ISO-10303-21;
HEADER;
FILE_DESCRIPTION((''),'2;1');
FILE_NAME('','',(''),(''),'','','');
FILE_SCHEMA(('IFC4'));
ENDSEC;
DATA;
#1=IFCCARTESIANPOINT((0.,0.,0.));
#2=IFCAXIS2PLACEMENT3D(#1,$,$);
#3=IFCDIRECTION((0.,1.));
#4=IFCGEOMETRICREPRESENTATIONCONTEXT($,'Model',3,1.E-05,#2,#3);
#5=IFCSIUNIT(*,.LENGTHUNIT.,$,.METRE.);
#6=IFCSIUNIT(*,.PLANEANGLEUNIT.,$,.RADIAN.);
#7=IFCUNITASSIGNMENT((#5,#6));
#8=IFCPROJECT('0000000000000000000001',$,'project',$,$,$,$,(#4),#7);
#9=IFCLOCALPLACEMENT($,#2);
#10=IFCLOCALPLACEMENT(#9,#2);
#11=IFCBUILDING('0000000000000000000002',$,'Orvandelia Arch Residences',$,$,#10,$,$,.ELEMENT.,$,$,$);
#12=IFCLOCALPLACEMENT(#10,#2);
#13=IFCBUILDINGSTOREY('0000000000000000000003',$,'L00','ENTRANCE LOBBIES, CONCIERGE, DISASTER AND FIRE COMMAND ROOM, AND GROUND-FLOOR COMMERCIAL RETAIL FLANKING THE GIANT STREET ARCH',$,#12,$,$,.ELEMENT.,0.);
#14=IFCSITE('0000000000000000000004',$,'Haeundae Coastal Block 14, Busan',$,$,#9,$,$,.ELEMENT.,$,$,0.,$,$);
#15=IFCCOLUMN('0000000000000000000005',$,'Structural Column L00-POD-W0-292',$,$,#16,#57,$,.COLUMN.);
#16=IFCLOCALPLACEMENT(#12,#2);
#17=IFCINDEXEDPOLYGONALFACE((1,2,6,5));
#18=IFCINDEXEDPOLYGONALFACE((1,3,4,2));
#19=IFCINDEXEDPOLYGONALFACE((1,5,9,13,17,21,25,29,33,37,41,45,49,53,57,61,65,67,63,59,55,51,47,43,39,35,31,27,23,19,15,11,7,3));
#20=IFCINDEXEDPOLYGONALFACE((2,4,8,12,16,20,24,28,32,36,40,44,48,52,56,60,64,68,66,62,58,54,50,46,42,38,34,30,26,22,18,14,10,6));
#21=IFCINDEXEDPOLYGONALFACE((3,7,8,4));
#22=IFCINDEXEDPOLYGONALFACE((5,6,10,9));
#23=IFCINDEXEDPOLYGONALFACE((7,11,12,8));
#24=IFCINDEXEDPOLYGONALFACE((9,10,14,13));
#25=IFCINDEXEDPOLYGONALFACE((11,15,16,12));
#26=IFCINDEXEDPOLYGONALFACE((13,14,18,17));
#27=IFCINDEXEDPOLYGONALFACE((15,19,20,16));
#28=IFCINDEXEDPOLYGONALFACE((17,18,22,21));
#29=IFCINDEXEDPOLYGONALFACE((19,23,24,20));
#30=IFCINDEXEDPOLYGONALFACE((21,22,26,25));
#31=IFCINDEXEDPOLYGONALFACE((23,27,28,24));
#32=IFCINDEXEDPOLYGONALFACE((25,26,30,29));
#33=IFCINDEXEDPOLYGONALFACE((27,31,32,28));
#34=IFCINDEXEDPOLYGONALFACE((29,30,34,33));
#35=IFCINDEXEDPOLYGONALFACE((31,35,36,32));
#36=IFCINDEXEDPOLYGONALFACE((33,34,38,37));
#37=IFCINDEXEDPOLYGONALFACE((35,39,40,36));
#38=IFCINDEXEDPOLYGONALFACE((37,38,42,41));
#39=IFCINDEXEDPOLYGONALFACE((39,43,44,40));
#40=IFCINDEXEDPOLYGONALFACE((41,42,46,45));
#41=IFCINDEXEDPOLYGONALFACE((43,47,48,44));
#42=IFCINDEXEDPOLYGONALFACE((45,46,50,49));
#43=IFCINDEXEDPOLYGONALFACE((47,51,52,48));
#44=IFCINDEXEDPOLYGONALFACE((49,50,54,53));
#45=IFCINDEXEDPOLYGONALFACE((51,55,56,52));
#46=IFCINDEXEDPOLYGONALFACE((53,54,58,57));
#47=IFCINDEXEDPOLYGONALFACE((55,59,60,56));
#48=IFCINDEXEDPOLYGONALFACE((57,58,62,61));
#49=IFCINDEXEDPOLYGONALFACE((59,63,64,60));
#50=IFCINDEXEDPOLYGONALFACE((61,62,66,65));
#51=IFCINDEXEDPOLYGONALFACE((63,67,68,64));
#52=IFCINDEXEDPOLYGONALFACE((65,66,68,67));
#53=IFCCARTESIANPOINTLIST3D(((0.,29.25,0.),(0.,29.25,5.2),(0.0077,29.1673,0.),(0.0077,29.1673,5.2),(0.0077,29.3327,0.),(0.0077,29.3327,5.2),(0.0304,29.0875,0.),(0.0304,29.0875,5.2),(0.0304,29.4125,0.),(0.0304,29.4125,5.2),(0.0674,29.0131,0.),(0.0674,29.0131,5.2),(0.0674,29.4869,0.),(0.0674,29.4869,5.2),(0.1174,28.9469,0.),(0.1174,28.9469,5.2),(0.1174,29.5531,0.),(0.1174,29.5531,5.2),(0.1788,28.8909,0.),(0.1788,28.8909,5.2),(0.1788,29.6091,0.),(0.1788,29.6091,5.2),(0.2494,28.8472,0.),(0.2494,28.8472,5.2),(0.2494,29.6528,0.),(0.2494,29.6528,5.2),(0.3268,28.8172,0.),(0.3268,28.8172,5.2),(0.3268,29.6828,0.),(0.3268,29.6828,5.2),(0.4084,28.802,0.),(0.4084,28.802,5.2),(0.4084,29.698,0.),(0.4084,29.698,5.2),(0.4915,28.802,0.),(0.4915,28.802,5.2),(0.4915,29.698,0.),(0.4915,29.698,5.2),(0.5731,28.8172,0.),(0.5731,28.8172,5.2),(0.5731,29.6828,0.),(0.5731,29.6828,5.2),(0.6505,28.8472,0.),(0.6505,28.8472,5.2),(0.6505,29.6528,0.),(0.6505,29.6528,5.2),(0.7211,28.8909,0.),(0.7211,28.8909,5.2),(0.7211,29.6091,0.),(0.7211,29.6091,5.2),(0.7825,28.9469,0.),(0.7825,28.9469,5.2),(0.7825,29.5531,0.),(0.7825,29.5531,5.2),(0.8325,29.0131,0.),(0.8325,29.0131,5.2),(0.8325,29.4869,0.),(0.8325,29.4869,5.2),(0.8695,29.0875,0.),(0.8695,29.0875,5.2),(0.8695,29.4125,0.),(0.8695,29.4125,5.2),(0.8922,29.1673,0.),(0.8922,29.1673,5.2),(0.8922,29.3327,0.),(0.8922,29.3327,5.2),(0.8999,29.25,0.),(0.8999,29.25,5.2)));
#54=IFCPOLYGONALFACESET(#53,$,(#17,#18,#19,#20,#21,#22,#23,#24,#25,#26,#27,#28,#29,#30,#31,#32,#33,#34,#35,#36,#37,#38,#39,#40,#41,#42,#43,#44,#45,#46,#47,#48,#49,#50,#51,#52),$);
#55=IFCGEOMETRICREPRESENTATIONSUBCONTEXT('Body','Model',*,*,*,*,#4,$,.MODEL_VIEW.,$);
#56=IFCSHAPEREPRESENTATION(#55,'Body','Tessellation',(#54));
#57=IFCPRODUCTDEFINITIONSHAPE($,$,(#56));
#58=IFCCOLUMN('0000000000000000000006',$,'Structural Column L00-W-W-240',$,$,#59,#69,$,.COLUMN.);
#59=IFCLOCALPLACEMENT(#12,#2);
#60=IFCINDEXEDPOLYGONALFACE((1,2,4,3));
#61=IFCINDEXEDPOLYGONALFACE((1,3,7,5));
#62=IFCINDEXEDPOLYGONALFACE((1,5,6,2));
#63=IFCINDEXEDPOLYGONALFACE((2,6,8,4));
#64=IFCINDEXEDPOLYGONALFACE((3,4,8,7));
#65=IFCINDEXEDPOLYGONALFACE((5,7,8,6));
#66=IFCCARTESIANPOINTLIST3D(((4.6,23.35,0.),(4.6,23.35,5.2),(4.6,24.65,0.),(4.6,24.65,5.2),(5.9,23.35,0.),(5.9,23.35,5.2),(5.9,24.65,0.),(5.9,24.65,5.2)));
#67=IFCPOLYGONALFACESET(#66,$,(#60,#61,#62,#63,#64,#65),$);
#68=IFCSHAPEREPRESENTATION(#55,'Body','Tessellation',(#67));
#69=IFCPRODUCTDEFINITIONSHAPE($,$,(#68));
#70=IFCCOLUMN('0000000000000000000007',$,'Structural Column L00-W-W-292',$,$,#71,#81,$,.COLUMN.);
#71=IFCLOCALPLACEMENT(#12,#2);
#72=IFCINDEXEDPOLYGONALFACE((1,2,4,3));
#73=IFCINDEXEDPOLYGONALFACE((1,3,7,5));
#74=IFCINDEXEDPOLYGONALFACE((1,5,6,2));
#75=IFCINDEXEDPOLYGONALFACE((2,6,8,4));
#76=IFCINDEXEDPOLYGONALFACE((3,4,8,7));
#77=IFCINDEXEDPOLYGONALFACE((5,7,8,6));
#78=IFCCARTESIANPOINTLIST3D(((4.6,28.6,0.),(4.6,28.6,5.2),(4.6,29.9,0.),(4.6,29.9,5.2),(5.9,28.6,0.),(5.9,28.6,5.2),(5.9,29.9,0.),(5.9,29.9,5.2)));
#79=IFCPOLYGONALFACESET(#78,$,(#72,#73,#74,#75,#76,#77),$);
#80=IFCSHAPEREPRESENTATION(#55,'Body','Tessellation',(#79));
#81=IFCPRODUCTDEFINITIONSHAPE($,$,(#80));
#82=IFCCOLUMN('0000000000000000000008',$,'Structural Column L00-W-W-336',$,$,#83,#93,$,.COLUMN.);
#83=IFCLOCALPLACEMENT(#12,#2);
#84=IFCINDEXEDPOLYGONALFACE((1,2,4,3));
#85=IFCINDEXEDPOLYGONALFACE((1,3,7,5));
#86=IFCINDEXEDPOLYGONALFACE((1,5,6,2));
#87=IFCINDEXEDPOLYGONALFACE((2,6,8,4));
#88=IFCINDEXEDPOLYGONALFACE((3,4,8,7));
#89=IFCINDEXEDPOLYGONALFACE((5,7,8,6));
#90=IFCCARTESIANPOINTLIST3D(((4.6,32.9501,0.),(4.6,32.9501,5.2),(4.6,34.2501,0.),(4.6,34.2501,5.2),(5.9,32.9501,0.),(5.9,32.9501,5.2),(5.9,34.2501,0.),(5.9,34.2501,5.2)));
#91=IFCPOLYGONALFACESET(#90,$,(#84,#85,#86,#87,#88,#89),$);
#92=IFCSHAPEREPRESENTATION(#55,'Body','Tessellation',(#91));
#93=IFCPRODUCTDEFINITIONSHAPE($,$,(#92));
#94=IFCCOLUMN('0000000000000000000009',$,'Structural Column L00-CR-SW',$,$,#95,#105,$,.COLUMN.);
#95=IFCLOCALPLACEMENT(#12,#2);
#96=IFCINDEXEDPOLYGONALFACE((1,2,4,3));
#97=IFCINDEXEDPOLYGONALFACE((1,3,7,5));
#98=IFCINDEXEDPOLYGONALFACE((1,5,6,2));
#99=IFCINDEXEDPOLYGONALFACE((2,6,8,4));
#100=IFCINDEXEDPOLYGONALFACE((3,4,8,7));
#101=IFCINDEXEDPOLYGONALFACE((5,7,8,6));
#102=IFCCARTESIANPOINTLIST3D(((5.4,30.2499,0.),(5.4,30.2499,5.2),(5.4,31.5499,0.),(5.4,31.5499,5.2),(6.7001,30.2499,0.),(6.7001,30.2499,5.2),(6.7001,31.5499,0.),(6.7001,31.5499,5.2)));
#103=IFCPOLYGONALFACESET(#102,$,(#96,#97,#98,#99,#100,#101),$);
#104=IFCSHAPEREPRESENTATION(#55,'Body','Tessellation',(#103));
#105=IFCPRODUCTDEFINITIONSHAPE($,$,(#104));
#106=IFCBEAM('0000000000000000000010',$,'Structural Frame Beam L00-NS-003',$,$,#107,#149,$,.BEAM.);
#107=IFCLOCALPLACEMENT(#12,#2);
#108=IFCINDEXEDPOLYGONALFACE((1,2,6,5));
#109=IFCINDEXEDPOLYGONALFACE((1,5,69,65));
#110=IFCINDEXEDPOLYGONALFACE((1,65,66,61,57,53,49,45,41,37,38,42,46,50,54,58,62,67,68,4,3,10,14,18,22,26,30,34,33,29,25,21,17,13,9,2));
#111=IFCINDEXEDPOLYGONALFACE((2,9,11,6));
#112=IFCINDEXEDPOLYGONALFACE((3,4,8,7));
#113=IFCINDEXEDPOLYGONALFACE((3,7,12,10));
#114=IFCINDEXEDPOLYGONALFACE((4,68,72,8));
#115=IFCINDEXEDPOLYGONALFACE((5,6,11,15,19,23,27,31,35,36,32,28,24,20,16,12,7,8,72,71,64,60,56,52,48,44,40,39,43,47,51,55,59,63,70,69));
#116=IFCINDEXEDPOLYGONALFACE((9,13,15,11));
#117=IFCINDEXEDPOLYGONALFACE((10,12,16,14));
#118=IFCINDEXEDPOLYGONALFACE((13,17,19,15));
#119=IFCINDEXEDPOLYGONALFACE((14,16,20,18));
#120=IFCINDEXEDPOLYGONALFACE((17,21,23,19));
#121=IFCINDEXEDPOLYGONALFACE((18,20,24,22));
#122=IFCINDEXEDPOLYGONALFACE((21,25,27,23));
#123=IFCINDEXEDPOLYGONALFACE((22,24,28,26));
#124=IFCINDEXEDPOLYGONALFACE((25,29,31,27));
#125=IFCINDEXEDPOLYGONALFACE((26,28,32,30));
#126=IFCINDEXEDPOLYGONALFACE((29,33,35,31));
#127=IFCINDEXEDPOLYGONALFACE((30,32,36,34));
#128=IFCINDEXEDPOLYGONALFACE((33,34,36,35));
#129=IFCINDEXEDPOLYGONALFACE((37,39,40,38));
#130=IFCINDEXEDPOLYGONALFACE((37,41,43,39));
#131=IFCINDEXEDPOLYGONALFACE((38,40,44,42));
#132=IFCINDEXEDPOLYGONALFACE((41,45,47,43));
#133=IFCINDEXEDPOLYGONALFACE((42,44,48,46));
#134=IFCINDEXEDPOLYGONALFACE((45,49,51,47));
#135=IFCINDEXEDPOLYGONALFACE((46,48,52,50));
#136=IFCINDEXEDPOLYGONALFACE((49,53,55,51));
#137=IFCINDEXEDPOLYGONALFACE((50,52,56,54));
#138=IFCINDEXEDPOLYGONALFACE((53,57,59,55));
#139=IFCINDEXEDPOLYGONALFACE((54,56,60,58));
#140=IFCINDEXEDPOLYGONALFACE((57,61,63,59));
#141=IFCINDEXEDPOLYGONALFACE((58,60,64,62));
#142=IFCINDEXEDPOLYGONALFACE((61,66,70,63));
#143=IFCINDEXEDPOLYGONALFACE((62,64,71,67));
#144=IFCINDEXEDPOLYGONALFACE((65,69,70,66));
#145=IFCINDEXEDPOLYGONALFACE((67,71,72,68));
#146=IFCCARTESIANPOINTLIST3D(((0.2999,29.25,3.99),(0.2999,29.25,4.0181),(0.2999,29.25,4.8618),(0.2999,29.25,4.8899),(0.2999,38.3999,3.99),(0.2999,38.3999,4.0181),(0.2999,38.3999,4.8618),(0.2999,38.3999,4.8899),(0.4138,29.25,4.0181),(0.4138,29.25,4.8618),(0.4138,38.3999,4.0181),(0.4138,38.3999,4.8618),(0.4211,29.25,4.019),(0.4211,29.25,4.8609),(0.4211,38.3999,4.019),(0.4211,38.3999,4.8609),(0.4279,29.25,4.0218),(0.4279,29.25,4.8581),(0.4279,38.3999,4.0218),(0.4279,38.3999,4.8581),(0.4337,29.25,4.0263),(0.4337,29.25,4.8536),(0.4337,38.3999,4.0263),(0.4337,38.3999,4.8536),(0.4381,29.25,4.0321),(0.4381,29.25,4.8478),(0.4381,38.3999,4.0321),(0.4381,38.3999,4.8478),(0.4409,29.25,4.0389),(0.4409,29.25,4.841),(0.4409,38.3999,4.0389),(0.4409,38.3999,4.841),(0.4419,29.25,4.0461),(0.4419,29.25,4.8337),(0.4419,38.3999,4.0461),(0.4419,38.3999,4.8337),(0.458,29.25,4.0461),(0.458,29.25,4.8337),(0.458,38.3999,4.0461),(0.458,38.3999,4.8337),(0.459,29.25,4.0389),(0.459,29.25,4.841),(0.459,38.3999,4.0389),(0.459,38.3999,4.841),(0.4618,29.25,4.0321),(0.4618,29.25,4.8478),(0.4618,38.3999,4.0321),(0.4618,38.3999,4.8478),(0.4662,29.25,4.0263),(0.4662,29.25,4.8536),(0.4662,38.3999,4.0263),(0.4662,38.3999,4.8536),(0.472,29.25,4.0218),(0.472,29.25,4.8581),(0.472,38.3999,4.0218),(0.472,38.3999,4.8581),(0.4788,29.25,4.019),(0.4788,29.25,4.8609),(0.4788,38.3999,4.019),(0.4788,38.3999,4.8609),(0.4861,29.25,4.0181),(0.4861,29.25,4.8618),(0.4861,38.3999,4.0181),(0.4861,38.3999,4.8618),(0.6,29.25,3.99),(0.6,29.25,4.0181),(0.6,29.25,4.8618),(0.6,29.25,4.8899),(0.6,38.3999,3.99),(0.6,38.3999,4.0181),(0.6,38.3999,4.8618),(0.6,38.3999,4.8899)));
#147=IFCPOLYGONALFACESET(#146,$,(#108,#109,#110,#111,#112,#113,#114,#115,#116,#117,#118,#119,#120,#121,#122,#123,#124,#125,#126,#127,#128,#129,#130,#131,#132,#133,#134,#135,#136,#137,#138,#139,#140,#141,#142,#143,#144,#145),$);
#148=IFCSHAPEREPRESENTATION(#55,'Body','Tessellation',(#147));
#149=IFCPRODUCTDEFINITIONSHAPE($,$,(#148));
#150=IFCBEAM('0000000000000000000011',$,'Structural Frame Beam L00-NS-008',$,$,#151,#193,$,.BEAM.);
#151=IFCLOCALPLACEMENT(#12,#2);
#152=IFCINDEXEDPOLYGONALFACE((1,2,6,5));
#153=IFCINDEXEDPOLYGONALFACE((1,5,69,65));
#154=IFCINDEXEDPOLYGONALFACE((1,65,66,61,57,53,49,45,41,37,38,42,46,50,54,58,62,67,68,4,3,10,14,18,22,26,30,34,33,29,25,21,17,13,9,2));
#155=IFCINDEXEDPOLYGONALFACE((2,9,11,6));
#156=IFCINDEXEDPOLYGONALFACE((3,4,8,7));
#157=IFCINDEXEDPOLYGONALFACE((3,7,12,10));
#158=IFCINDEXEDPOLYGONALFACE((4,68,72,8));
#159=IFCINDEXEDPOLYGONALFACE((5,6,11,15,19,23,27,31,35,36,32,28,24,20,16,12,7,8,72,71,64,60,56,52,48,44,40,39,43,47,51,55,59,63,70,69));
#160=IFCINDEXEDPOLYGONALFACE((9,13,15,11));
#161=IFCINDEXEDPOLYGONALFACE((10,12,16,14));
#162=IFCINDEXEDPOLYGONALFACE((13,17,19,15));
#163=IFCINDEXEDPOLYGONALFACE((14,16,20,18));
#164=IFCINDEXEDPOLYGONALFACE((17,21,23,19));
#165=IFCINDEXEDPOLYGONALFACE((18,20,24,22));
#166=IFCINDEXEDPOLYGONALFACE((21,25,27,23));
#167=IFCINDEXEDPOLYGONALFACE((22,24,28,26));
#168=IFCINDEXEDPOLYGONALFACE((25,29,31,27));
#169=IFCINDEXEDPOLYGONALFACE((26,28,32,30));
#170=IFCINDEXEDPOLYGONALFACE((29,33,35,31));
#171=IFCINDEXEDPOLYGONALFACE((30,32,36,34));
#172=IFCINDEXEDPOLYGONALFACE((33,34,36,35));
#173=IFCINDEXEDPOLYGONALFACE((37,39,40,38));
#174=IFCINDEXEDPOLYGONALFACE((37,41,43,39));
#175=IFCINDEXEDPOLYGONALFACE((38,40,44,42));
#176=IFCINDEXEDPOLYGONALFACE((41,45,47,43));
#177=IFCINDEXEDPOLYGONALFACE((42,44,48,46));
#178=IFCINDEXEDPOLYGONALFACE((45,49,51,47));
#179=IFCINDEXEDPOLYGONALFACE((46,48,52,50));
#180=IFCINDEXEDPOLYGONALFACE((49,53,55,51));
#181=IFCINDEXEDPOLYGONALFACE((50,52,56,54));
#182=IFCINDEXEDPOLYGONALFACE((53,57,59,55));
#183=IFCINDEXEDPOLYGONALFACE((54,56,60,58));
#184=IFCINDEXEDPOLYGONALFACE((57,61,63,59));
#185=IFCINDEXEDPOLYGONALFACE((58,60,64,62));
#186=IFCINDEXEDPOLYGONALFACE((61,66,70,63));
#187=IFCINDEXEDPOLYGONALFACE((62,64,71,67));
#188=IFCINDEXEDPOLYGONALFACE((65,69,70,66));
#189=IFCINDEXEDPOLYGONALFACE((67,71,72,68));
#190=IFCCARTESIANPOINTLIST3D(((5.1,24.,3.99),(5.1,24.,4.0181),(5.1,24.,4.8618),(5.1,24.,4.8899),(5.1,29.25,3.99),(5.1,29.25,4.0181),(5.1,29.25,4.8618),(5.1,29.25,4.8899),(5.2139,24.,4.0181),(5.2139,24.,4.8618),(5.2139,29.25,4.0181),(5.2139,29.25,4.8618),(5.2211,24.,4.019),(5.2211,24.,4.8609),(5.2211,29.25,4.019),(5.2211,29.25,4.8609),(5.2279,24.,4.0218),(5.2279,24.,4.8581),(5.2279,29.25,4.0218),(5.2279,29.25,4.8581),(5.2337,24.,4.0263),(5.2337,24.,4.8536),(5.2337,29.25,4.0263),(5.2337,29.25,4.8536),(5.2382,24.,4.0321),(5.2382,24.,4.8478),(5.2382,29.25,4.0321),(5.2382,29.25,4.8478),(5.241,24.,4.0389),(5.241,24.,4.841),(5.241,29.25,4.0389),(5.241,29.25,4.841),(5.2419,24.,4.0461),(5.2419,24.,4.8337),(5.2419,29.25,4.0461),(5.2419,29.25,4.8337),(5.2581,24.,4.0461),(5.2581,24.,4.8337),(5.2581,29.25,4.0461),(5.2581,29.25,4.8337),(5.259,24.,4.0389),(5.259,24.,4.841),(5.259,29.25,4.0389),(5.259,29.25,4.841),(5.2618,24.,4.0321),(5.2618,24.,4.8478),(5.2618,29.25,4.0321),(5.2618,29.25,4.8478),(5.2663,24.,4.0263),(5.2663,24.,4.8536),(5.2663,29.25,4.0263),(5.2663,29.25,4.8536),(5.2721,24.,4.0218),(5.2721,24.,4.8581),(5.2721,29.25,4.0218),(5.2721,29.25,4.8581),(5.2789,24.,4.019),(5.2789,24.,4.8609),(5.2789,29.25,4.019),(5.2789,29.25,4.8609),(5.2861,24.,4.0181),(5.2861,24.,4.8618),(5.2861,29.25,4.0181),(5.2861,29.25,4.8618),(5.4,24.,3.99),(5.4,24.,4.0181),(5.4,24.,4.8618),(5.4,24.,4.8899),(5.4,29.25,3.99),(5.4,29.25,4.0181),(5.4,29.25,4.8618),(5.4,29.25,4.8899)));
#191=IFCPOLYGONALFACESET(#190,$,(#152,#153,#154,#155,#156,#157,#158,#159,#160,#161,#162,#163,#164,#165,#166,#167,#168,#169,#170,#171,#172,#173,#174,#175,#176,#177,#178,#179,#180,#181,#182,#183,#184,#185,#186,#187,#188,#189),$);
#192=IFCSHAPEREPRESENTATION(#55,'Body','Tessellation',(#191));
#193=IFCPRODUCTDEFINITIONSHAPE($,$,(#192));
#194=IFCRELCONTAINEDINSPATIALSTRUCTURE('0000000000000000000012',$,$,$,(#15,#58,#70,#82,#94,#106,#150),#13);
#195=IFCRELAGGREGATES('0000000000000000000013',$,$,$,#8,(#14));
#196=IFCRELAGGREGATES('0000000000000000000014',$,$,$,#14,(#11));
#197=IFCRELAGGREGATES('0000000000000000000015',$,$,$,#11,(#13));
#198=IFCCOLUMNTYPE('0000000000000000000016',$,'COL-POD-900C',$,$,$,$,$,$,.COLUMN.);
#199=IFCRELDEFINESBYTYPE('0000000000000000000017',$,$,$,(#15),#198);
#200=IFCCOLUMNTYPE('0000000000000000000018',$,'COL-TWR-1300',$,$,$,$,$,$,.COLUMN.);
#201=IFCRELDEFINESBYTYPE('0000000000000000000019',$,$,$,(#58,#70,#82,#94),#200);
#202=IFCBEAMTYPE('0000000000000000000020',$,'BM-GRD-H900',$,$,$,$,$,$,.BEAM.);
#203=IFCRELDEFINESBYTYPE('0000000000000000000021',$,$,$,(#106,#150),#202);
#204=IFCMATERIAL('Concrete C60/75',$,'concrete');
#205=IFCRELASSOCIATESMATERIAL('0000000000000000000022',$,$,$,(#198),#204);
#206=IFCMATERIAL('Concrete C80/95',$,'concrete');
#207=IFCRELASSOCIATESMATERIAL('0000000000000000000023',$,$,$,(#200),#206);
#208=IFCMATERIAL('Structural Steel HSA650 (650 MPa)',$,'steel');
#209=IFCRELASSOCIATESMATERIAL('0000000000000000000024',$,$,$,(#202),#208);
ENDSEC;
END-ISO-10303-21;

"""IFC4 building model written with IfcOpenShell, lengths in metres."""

from ifc_helpers import new_model, si_unit, direction, frame, origin, origin_2d, place, context, subcontext, project, spatial, rectangle, circle, i_section, extrude, material, material_profile, profile_set, type_object, element, save


model = new_model("IFC4")

# Units and contexts
model_context = context("Model", 3, precision=1e-05, world=origin(), true_north=direction((0.0, 1.0)))
body_context = subcontext(model_context, "Body", "Model", "MODEL_VIEW")
ifc_project = project(units=[si_unit("LENGTHUNIT", "METRE"), si_unit("PLANEANGLEUNIT", "RADIAN")], contexts=[model_context])

# Site, building, storey
site_placement = place(None, origin())
site = spatial("IfcSite", under=ifc_project, at=site_placement, Name="Haeundae Coastal Block 14, Busan", CompositionType="ELEMENT", RefElevation=0.0)
building_placement = place(site_placement, origin())
building = spatial("IfcBuilding", under=site, at=building_placement, Name="Orvandelia Arch Residences", CompositionType="ELEMENT")
storey_placement = place(building_placement, origin())
storey = spatial("IfcBuildingStorey", under=building, at=storey_placement, Name="L00", Description="ENTRANCE LOBBIES, CONCIERGE, DISASTER AND FIRE COMMAND ROOM, AND GROUND-FLOOR COMMERCIAL RETAIL FLANKING THE GIANT STREET ARCH", CompositionType="ELEMENT", Elevation=0.0)

# Columns
ifc_material_1 = material(Name="Concrete C60/75", Category="concrete")
ifc_material_profile_1 = material_profile(ifc_material_1, circle(Radius=0.45, at=origin_2d()), Name="Concrete C60/75", Category="concrete")
ifc_profile_set_1 = profile_set([ifc_material_profile_1], Name="Concrete C60/75")
column_type_1 = type_object("IfcColumnType", Name="COL-POD-900C", PredefinedType="COLUMN", material=ifc_profile_set_1)
column_placement = place(storey_placement, frame((0.45, 29.25, 0.0), z_axis=(0.0, 0.0, 1.0), x_axis=(1.0, 0.0, 0.0)))
element("IfcColumn", 1, at=column_placement, inside=storey, type_object=column_type_1, Name="Structural Column L00-POD-W0-292", PredefinedType="COLUMN", context=body_context, shape_type="SweptSolid", body=[
    extrude(circle(Radius=0.45, at=origin_2d()), origin(), (0.0, 0.0, 1.0), 5.2),
])
ifc_material_2 = material(Name="Concrete C80/95", Category="concrete")
ifc_material_profile_2 = material_profile(ifc_material_2, rectangle(XDim=1.3, YDim=1.3, at=origin_2d()), Name="Concrete C80/95", Category="concrete")
ifc_profile_set_2 = profile_set([ifc_material_profile_2], Name="Concrete C80/95")
column_type_2 = type_object("IfcColumnType", Name="COL-TWR-1300", PredefinedType="COLUMN", material=ifc_profile_set_2)
for number, where, z_axis, x_axis, name in (
    (2, (5.25, 24.0, 0.0), (0.0, 0.0, 1.0), (1.0, 0.0, 0.0), "Structural Column L00-W-W-240"),
    (3, (5.25, 29.25, 0.0), (0.0, 0.0, 1.0), (1.0, 0.0, 0.0), "Structural Column L00-W-W-292"),
    (4, (5.25, 33.6001, 0.0), (0.0, 0.0, 1.0), (1.0, 0.0, 0.0), "Structural Column L00-W-W-336"),
    (5, (6.05, 30.8999, 0.0), (0.0, 0.0, 1.0), (1.0, 0.0, 0.0), "Structural Column L00-CR-SW"),
):
    element("IfcColumn", number, at=place(storey_placement, frame(where, z_axis=z_axis, x_axis=x_axis)), inside=storey, type_object=column_type_2, Name=name, PredefinedType="COLUMN", context=body_context, shape_type="SweptSolid", body=[
        extrude(rectangle(XDim=1.3, YDim=1.3, at=origin_2d()), origin(), (0.0, 0.0, 1.0), 5.2),
    ])

# Beams
ifc_material_3 = material(Name="Structural Steel HSA650 (650 MPa)", Category="steel")
ifc_material_profile_3 = material_profile(ifc_material_3, i_section(OverallWidth=0.3, OverallDepth=0.8999, WebThickness=0.0161, FlangeThickness=0.0281, FilletRadius=0.0281, at=origin_2d()), Name="Structural Steel HSA650 (650 MPa)", Category="steel")
ifc_profile_set_3 = profile_set([ifc_material_profile_3], Name="Structural Steel HSA650 (650 MPa)")
beam_type_1 = type_object("IfcBeamType", Name="BM-GRD-H900", PredefinedType="BEAM", material=ifc_profile_set_3)
beam_1_placement = place(storey_placement, frame((0.45, 29.25, 4.4399), z_axis=(0.0, 1.0, 0.0), x_axis=(-1.0, 0.0, 0.0)))
element("IfcBeam", 6, at=beam_1_placement, inside=storey, type_object=beam_type_1, Name="Structural Frame Beam L00-NS-003", PredefinedType="BEAM", context=body_context, shape_type="SweptSolid", body=[
    extrude(i_section(OverallWidth=0.3, OverallDepth=0.8999, WebThickness=0.0161, FlangeThickness=0.0281, FilletRadius=0.0281, at=origin_2d()), origin(), (0.0, 0.0, 1.0), 9.1499),
])
beam_2_placement = place(storey_placement, frame((5.25, 24.0, 4.4399), z_axis=(0.0, 1.0, 0.0), x_axis=(-1.0, 0.0, 0.0)))
element("IfcBeam", 7, at=beam_2_placement, inside=storey, type_object=beam_type_1, Name="Structural Frame Beam L00-NS-008", PredefinedType="BEAM", context=body_context, shape_type="SweptSolid", body=[
    extrude(i_section(OverallWidth=0.3, OverallDepth=0.8999, WebThickness=0.0161, FlangeThickness=0.0281, FilletRadius=0.0281, at=origin_2d()), origin(), (0.0, 0.0, 1.0), 5.25),
])

save(model, "model.ifc")
